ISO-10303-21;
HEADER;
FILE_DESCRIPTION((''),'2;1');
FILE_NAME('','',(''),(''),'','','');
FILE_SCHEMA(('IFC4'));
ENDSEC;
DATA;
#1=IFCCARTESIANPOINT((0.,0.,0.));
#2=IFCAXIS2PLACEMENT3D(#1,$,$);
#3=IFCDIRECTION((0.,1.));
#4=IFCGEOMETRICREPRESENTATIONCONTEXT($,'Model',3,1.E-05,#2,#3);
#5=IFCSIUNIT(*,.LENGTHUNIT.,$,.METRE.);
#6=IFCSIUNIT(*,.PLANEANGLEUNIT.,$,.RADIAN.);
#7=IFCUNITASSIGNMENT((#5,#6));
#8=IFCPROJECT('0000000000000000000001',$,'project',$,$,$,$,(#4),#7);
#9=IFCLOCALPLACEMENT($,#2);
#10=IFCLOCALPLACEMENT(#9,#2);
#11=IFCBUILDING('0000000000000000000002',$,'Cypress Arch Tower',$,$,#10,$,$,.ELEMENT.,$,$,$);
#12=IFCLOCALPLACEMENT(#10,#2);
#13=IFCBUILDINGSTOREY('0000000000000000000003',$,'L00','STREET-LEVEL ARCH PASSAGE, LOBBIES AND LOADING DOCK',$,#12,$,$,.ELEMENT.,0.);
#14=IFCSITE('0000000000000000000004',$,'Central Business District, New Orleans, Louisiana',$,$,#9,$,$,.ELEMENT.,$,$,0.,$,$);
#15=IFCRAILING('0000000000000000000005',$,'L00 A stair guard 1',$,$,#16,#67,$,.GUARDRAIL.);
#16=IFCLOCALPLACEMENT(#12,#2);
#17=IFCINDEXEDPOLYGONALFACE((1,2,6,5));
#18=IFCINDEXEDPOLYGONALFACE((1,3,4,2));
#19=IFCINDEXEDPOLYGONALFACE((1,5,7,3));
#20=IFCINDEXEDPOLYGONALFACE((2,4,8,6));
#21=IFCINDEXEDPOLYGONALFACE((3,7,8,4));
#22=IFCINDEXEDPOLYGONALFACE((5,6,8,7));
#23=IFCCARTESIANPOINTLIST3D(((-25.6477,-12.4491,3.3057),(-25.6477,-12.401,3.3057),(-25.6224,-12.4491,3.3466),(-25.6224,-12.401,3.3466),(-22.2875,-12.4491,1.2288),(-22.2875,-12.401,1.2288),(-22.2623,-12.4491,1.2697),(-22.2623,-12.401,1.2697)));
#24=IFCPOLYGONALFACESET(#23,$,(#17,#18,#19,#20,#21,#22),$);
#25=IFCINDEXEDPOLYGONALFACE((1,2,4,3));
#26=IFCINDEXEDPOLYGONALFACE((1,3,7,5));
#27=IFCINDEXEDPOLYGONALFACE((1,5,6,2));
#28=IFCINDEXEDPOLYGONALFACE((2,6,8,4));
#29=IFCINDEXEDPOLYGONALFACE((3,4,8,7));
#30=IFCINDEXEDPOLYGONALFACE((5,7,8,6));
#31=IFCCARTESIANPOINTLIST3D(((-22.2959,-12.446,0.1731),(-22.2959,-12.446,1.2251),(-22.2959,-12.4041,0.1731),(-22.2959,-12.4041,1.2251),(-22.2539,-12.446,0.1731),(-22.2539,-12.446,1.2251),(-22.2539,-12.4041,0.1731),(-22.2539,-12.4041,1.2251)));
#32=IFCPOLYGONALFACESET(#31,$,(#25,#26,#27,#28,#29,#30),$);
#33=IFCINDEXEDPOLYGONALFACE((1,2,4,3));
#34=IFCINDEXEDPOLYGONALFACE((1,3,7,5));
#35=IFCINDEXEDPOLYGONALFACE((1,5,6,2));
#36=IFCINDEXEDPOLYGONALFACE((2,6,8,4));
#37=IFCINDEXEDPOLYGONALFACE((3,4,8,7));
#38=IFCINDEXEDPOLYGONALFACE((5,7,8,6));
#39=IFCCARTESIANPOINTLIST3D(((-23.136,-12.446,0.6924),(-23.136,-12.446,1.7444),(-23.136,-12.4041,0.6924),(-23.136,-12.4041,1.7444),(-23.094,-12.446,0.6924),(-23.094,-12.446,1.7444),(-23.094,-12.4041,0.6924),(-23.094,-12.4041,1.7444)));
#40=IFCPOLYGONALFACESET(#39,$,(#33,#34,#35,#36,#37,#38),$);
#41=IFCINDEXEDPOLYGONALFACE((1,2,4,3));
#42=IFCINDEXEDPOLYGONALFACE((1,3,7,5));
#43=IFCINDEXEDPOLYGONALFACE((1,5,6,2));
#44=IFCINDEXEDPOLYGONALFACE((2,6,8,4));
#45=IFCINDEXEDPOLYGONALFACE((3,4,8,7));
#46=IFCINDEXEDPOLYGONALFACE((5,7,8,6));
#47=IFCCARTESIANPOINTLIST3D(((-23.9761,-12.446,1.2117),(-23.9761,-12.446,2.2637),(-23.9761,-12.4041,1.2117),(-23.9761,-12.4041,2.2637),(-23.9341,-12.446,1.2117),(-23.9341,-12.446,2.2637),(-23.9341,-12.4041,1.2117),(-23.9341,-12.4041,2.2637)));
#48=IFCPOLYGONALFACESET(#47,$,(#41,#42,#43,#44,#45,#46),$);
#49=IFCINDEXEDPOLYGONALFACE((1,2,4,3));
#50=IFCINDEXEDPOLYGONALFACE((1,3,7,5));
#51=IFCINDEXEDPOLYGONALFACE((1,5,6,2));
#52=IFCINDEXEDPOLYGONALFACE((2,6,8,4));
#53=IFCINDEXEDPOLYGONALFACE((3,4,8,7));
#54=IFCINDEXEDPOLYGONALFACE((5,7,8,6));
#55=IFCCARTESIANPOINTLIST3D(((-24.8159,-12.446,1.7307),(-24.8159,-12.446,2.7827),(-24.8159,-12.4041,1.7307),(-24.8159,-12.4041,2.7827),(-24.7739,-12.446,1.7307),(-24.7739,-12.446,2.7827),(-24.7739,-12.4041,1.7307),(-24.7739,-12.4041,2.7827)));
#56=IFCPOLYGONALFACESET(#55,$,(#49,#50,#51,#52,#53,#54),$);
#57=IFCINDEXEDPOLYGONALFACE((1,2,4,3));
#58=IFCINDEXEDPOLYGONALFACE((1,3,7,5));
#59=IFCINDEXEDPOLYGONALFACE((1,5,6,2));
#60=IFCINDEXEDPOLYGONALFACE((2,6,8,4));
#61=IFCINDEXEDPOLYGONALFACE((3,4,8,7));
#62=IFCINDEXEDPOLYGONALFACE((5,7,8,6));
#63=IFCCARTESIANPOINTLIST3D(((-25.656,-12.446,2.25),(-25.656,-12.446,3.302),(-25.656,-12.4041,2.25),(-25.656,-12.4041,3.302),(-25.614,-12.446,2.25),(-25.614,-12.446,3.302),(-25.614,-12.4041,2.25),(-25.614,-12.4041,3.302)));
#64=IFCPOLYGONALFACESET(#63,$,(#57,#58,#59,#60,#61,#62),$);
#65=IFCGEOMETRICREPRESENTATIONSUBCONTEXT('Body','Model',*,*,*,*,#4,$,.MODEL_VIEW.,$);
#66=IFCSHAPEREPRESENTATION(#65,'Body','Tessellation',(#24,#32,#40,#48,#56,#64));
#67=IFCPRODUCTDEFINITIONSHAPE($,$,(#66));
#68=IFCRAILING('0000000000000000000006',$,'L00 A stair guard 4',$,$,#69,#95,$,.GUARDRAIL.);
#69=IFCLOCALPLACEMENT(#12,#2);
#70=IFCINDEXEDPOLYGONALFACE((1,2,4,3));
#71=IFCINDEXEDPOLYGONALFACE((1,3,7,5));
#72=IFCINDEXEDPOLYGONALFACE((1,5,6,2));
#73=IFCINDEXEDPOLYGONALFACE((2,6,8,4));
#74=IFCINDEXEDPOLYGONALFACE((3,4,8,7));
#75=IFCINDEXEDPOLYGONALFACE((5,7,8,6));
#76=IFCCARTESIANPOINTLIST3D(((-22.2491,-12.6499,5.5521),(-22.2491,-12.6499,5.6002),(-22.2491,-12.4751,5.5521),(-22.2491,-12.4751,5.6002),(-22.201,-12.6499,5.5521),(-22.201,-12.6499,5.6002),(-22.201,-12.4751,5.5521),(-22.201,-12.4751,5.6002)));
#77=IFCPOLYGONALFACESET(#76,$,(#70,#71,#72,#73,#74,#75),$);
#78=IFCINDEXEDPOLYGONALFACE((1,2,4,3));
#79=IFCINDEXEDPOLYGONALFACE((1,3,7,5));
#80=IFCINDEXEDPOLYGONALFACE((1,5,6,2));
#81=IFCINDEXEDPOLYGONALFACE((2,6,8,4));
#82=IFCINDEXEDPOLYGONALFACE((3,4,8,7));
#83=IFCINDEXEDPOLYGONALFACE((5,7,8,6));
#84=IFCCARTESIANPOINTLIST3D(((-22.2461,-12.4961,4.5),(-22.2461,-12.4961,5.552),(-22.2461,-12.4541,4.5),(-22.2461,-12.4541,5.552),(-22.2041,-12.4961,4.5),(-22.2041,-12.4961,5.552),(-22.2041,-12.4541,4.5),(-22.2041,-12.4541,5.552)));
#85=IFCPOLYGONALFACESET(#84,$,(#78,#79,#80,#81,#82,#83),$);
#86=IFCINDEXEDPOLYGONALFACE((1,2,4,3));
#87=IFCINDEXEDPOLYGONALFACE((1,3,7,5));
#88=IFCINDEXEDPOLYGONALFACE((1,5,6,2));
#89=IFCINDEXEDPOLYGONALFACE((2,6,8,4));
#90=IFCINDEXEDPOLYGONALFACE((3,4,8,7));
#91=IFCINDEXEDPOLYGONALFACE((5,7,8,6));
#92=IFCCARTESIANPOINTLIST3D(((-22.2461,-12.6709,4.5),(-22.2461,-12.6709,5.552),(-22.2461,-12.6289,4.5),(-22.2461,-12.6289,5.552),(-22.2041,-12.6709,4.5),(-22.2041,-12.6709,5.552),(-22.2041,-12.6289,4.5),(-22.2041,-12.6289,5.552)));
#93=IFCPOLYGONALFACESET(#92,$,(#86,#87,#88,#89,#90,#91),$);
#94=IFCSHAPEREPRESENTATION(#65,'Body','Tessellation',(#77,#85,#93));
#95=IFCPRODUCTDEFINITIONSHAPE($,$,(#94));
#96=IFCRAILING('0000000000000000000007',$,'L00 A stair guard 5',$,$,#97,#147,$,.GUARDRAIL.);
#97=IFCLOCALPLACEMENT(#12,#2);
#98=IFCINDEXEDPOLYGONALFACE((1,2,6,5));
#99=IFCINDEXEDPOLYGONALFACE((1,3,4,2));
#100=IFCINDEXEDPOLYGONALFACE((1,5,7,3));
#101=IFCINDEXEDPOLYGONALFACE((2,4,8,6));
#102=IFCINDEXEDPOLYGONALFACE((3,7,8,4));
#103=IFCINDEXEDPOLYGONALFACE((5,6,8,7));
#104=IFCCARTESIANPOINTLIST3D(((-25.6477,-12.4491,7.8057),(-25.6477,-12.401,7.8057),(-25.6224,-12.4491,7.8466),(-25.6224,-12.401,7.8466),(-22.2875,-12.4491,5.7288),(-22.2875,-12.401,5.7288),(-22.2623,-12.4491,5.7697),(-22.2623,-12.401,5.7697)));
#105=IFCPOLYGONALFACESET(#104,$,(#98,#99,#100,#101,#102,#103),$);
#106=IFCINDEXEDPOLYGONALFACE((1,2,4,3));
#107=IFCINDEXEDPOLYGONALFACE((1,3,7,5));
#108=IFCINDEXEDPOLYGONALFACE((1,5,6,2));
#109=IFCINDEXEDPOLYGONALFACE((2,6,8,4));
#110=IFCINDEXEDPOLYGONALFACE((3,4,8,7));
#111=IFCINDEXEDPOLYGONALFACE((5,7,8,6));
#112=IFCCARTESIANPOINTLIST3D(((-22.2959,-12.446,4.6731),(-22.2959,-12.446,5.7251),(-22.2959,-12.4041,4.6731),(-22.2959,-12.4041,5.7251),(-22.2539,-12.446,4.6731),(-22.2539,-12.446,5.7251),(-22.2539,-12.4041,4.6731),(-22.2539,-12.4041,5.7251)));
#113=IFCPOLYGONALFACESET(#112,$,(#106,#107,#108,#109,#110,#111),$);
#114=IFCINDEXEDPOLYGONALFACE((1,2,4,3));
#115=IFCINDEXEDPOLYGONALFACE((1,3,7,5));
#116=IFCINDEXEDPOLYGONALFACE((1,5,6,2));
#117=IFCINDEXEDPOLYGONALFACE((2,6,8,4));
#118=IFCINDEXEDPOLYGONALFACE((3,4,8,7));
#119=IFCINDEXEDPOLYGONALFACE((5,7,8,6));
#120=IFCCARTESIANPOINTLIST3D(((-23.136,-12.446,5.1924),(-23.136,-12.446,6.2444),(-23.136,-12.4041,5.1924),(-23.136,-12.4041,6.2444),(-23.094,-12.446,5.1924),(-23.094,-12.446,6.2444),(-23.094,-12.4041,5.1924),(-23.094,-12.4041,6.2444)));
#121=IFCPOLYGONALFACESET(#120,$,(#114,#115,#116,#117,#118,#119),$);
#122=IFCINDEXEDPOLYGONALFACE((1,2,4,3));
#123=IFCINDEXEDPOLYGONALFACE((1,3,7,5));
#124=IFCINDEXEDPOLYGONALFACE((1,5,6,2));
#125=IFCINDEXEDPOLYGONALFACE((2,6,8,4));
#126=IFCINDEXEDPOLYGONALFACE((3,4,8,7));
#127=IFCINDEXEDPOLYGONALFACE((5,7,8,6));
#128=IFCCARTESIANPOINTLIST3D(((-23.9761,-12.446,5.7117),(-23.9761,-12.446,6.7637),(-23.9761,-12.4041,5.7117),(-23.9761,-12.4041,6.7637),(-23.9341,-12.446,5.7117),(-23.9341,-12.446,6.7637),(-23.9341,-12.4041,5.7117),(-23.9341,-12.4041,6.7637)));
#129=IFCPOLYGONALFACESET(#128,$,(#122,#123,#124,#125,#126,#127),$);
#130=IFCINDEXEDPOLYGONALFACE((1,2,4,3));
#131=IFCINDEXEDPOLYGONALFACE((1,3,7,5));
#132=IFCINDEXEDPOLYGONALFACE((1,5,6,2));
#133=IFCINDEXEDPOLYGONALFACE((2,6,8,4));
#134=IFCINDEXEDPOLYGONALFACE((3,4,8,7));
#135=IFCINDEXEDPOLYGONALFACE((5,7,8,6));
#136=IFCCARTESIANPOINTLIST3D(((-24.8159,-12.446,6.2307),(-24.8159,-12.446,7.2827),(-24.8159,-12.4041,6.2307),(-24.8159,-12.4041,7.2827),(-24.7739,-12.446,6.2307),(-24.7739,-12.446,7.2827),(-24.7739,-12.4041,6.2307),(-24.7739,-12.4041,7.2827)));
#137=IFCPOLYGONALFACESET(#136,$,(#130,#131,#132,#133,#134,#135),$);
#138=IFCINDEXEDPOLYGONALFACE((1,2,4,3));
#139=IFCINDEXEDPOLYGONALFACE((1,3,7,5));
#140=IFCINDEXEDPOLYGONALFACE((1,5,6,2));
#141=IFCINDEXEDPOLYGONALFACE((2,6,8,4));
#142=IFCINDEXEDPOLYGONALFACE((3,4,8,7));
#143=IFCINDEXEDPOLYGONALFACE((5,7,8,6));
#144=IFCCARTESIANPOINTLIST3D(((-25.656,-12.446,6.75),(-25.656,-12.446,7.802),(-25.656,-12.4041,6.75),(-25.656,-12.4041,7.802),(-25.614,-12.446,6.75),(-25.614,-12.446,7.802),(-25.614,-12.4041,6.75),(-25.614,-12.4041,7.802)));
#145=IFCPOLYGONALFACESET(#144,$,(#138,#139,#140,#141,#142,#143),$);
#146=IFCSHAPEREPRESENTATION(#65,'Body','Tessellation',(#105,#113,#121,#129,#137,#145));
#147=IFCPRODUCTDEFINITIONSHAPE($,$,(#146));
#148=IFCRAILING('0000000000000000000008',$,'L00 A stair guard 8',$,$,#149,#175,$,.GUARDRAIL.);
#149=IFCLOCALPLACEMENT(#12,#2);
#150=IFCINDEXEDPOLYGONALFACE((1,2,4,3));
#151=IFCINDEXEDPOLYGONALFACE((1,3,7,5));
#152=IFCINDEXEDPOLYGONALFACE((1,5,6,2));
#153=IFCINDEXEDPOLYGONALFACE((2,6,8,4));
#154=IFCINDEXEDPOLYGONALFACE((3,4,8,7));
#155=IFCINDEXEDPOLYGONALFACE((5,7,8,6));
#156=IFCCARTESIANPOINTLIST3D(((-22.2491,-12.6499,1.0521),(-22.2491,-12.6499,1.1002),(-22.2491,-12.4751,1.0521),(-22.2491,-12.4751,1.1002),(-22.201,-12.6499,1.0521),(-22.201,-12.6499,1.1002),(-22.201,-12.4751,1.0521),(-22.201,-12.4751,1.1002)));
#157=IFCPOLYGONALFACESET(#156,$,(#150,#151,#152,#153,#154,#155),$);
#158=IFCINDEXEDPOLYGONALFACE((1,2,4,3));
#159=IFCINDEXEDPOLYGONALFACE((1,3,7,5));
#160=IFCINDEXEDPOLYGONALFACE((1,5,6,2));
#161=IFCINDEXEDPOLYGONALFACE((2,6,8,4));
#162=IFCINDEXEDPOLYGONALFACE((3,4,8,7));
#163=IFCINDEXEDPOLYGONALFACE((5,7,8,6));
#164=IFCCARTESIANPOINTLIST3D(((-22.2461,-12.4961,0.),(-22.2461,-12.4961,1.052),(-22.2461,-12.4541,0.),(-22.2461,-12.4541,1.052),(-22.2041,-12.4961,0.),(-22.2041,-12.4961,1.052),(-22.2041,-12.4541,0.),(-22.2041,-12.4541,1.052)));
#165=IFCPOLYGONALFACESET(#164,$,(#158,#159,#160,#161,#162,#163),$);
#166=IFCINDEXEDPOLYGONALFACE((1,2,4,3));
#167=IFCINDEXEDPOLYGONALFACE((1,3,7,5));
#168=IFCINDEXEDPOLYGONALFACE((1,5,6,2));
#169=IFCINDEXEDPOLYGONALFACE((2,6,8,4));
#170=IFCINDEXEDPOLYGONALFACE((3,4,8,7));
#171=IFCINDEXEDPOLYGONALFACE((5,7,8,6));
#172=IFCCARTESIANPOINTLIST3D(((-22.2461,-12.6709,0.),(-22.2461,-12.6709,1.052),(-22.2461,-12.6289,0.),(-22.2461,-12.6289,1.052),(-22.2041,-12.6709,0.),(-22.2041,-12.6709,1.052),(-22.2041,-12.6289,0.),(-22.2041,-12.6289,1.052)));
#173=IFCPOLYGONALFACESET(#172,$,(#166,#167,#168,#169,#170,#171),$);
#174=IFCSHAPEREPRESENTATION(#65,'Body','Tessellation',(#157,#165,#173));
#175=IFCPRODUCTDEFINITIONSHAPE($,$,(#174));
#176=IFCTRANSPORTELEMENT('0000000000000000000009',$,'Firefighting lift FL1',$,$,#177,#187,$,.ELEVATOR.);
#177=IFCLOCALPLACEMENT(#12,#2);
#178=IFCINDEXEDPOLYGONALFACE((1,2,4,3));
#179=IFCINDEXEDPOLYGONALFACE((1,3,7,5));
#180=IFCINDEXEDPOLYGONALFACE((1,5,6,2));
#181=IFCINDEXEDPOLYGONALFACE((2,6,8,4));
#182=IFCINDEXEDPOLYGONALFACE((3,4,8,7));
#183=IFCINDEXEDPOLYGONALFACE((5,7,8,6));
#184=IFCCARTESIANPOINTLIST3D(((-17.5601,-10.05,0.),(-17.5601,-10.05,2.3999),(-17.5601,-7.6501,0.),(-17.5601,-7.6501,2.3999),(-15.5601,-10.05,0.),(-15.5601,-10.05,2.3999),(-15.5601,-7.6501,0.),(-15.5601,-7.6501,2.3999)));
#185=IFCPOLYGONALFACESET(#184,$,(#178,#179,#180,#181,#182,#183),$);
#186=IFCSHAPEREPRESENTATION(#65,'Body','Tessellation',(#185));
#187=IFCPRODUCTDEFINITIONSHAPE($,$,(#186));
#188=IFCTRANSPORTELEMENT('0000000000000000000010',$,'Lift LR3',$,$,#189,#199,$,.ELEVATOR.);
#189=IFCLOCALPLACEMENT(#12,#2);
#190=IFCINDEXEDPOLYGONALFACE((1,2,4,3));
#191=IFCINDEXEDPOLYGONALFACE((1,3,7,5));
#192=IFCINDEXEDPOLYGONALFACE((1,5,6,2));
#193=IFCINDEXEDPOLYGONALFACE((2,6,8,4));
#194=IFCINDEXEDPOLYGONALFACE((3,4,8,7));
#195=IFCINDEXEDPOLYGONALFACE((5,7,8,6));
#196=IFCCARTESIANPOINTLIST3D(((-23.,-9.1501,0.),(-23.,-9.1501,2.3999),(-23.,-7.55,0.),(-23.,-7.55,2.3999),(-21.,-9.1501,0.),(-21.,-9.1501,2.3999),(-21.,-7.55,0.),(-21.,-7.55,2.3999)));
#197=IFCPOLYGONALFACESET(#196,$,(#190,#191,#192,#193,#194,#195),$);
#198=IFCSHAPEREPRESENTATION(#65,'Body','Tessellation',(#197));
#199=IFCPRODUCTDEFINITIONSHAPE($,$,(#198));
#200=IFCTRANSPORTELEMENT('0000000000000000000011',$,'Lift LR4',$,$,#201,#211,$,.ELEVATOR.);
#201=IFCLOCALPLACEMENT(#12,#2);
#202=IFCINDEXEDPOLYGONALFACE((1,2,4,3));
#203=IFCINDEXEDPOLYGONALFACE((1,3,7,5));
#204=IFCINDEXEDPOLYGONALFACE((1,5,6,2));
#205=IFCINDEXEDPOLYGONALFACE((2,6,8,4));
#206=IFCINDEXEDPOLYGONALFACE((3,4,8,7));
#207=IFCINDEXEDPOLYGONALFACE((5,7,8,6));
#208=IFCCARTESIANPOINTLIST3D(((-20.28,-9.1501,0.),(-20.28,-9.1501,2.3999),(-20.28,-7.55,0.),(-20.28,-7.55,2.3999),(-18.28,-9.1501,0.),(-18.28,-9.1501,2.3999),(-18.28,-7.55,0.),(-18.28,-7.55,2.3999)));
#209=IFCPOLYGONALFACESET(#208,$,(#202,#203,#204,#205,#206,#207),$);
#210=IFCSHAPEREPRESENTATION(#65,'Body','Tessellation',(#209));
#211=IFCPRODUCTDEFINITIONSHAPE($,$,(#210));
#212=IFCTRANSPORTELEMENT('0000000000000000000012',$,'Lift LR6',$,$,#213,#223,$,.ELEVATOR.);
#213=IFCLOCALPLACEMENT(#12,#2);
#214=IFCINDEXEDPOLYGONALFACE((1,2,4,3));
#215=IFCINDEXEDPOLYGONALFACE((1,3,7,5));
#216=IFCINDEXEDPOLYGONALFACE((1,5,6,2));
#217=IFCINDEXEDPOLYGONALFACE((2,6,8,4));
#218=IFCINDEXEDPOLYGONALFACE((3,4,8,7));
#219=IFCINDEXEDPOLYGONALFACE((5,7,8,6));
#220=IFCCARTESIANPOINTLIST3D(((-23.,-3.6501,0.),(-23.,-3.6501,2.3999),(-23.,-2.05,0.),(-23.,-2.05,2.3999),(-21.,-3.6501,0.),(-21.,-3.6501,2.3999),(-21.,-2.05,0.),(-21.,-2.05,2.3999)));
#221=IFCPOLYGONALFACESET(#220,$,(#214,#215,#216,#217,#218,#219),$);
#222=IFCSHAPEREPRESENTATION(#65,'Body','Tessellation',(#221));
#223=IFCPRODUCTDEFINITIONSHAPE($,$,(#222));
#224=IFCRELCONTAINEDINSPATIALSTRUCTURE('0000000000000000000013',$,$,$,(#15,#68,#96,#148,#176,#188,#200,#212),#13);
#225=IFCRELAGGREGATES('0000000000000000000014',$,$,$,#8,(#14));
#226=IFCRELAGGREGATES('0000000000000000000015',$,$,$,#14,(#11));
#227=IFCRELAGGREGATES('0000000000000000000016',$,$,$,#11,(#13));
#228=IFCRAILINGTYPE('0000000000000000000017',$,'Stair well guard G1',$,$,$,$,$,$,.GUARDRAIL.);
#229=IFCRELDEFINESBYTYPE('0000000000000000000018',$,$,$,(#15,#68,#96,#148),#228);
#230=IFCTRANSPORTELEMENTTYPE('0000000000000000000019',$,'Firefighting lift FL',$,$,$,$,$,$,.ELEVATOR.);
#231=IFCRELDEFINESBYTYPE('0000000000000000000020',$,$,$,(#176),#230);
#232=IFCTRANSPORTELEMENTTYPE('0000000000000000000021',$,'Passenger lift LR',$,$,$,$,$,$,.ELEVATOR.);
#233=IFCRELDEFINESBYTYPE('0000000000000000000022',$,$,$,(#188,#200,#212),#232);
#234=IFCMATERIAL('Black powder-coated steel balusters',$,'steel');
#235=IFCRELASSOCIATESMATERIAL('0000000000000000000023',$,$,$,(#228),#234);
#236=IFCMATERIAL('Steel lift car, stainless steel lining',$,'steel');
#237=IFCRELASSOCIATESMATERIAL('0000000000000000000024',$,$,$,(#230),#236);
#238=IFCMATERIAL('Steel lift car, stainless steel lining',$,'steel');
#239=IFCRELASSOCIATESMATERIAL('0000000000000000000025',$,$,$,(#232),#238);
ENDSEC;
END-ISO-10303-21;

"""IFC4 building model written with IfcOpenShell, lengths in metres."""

from ifc_helpers import new_model, si_unit, direction, frame, origin, origin_2d, place, context, subcontext, project, spatial, rectangle, extrude, material, type_object, element, save


model = new_model("IFC4")

# Units and contexts
model_context = context("Model", 3, precision=1e-05, world=origin(), true_north=direction((0.0, 1.0)))
body_context = subcontext(model_context, "Body", "Model", "MODEL_VIEW")
ifc_project = project(units=[si_unit("LENGTHUNIT", "METRE"), si_unit("PLANEANGLEUNIT", "RADIAN")], contexts=[model_context])

# Site, building, storey
site_placement = place(None, origin())
site = spatial("IfcSite", under=ifc_project, at=site_placement, Name="Central Business District, New Orleans, Louisiana", CompositionType="ELEMENT", RefElevation=0.0)
building_placement = place(site_placement, origin())
building = spatial("IfcBuilding", under=site, at=building_placement, Name="Cypress Arch Tower", CompositionType="ELEMENT")
storey_placement = place(building_placement, origin())
storey = spatial("IfcBuildingStorey", under=building, at=storey_placement, Name="L00", Description="STREET-LEVEL ARCH PASSAGE, LOBBIES AND LOADING DOCK", CompositionType="ELEMENT", Elevation=0.0)

# Railings
ifc_material_1 = material(Name="Black powder-coated steel balusters", Category="steel")
railing_type_1 = type_object("IfcRailingType", Name="Stair well guard G1", PredefinedType="GUARDRAIL", material=ifc_material_1)
railing_1_placement = place(storey_placement, frame((-22.2749, -12.425, 0.1731)))
element("IfcRailing", 1, at=railing_1_placement, inside=storey, type_object=railing_type_1, Name="L00 A stair guard 1", PredefinedType="GUARDRAIL", context=body_context, shape_type="SweptSolid", body=[
    extrude(rectangle(XDim=0.0481, YDim=0.0481, at=origin_2d()), frame((0.0, 0.0, 1.0762), z_axis=(-0.850623, 0.0, 0.525776), x_axis=(0.0, -1.0, 0.0)), (0.0, 0.0, 1.0), 3.9502),
    extrude(rectangle(XDim=0.042, YDim=0.042, at=origin_2d()), origin(), (0.0, 0.0, 1.0), 1.052),
    extrude(rectangle(XDim=0.042, YDim=0.042, at=origin_2d()), frame((-0.8401, 0.0, 0.5193)), (0.0, 0.0, 1.0), 1.052),
    extrude(rectangle(XDim=0.042, YDim=0.042, at=origin_2d()), frame((-1.6802, 0.0, 1.0386)), (0.0, 0.0, 1.0), 1.052),
    extrude(rectangle(XDim=0.042, YDim=0.042, at=origin_2d()), frame((-2.52, 0.0, 1.5576)), (0.0, 0.0, 1.0), 1.052),
    extrude(rectangle(XDim=0.042, YDim=0.042, at=origin_2d()), frame((-3.3601, 0.0, 2.0769)), (0.0, 0.0, 1.0), 1.052),
])
railing_2_placement = place(storey_placement, frame((-22.2251, -12.4751, 4.5)))
element("IfcRailing", 2, at=railing_2_placement, inside=storey, type_object=railing_type_1, Name="L00 A stair guard 4", PredefinedType="GUARDRAIL", context=body_context, shape_type="SweptSolid", body=[
    extrude(rectangle(XDim=0.0481, YDim=0.0481, at=origin_2d()), frame((0.0, 0.0, 1.0762), z_axis=(0.0, -1.0, 0.0), x_axis=(1.0, 0.0, 0.0)), (0.0, 0.0, 1.0), 0.1748),
    extrude(rectangle(XDim=0.042, YDim=0.042, at=origin_2d()), origin(), (0.0, 0.0, 1.0), 1.052),
    extrude(rectangle(XDim=0.042, YDim=0.042, at=origin_2d()), frame((0.0, -0.1748, 0.0)), (0.0, 0.0, 1.0), 1.052),
])
railing_3_placement = place(storey_placement, frame((-22.2749, -12.425, 4.6731)))
element("IfcRailing", 3, at=railing_3_placement, inside=storey, type_object=railing_type_1, Name="L00 A stair guard 5", PredefinedType="GUARDRAIL", context=body_context, shape_type="SweptSolid", body=[
    extrude(rectangle(XDim=0.0481, YDim=0.0481, at=origin_2d()), frame((0.0, 0.0, 1.0762), z_axis=(-0.850623, 0.0, 0.525776), x_axis=(0.0, -1.0, 0.0)), (0.0, 0.0, 1.0), 3.9502),
    extrude(rectangle(XDim=0.042, YDim=0.042, at=origin_2d()), origin(), (0.0, 0.0, 1.0), 1.052),
    extrude(rectangle(XDim=0.042, YDim=0.042, at=origin_2d()), frame((-0.8401, 0.0, 0.5193)), (0.0, 0.0, 1.0), 1.052),
    extrude(rectangle(XDim=0.042, YDim=0.042, at=origin_2d()), frame((-1.6802, 0.0, 1.0386)), (0.0, 0.0, 1.0), 1.052),
    extrude(rectangle(XDim=0.042, YDim=0.042, at=origin_2d()), frame((-2.52, 0.0, 1.5576)), (0.0, 0.0, 1.0), 1.052),
    extrude(rectangle(XDim=0.042, YDim=0.042, at=origin_2d()), frame((-3.3601, 0.0, 2.0769)), (0.0, 0.0, 1.0), 1.052),
])
railing_4_placement = place(storey_placement, frame((-22.2251, -12.4751, 0.0)))
element("IfcRailing", 4, at=railing_4_placement, inside=storey, type_object=railing_type_1, Name="L00 A stair guard 8", PredefinedType="GUARDRAIL", context=body_context, shape_type="SweptSolid", body=[
    extrude(rectangle(XDim=0.0481, YDim=0.0481, at=origin_2d()), frame((0.0, 0.0, 1.0762), z_axis=(0.0, -1.0, 0.0), x_axis=(1.0, 0.0, 0.0)), (0.0, 0.0, 1.0), 0.1748),
    extrude(rectangle(XDim=0.042, YDim=0.042, at=origin_2d()), origin(), (0.0, 0.0, 1.0), 1.052),
    extrude(rectangle(XDim=0.042, YDim=0.042, at=origin_2d()), frame((0.0, -0.1748, 0.0)), (0.0, 0.0, 1.0), 1.052),
])

# Transport elements
ifc_material_2 = material(Name="Steel lift car, stainless steel lining", Category="steel")
transport_element_type_1 = type_object("IfcTransportElementType", Name="Firefighting lift FL", PredefinedType="ELEVATOR", material=ifc_material_2)
transport_element_placement = place(storey_placement, frame((-16.5601, -8.8501, 0.0), z_axis=(0.0, 0.0, 1.0), x_axis=(1.0, 0.0, 0.0)))
element("IfcTransportElement", 5, at=transport_element_placement, inside=storey, type_object=transport_element_type_1, Name="Firefighting lift FL1", PredefinedType="ELEVATOR", context=body_context, shape_type="SweptSolid", body=[
    extrude(rectangle(XDim=2.0, YDim=2.3999, at=origin_2d()), origin(), (0.0, 0.0, 1.0), 2.3999),
])
ifc_material_3 = material(Name="Steel lift car, stainless steel lining", Category="steel")
transport_element_type_2 = type_object("IfcTransportElementType", Name="Passenger lift LR", PredefinedType="ELEVATOR", material=ifc_material_3)
for number, where, z_axis, x_axis, name in (
    (6, (-22.0, -8.3501, 0.0), (0.0, 0.0, 1.0), (1.0, 0.0, 0.0), "Lift LR3"),
    (7, (-19.28, -8.3501, 0.0), (0.0, 0.0, 1.0), (1.0, 0.0, 0.0), "Lift LR4"),
    (8, (-22.0, -2.8501, 0.0), (0.0, 0.0, 1.0), (1.0, 0.0, 0.0), "Lift LR6"),
):
    element("IfcTransportElement", number, at=place(storey_placement, frame(where, z_axis=z_axis, x_axis=x_axis)), inside=storey, type_object=transport_element_type_2, Name=name, PredefinedType="ELEVATOR", context=body_context, shape_type="SweptSolid", body=[
        extrude(rectangle(XDim=2.0, YDim=1.6001, at=origin_2d()), origin(), (0.0, 0.0, 1.0), 2.3999),
    ])

save(model, "model.ifc")
